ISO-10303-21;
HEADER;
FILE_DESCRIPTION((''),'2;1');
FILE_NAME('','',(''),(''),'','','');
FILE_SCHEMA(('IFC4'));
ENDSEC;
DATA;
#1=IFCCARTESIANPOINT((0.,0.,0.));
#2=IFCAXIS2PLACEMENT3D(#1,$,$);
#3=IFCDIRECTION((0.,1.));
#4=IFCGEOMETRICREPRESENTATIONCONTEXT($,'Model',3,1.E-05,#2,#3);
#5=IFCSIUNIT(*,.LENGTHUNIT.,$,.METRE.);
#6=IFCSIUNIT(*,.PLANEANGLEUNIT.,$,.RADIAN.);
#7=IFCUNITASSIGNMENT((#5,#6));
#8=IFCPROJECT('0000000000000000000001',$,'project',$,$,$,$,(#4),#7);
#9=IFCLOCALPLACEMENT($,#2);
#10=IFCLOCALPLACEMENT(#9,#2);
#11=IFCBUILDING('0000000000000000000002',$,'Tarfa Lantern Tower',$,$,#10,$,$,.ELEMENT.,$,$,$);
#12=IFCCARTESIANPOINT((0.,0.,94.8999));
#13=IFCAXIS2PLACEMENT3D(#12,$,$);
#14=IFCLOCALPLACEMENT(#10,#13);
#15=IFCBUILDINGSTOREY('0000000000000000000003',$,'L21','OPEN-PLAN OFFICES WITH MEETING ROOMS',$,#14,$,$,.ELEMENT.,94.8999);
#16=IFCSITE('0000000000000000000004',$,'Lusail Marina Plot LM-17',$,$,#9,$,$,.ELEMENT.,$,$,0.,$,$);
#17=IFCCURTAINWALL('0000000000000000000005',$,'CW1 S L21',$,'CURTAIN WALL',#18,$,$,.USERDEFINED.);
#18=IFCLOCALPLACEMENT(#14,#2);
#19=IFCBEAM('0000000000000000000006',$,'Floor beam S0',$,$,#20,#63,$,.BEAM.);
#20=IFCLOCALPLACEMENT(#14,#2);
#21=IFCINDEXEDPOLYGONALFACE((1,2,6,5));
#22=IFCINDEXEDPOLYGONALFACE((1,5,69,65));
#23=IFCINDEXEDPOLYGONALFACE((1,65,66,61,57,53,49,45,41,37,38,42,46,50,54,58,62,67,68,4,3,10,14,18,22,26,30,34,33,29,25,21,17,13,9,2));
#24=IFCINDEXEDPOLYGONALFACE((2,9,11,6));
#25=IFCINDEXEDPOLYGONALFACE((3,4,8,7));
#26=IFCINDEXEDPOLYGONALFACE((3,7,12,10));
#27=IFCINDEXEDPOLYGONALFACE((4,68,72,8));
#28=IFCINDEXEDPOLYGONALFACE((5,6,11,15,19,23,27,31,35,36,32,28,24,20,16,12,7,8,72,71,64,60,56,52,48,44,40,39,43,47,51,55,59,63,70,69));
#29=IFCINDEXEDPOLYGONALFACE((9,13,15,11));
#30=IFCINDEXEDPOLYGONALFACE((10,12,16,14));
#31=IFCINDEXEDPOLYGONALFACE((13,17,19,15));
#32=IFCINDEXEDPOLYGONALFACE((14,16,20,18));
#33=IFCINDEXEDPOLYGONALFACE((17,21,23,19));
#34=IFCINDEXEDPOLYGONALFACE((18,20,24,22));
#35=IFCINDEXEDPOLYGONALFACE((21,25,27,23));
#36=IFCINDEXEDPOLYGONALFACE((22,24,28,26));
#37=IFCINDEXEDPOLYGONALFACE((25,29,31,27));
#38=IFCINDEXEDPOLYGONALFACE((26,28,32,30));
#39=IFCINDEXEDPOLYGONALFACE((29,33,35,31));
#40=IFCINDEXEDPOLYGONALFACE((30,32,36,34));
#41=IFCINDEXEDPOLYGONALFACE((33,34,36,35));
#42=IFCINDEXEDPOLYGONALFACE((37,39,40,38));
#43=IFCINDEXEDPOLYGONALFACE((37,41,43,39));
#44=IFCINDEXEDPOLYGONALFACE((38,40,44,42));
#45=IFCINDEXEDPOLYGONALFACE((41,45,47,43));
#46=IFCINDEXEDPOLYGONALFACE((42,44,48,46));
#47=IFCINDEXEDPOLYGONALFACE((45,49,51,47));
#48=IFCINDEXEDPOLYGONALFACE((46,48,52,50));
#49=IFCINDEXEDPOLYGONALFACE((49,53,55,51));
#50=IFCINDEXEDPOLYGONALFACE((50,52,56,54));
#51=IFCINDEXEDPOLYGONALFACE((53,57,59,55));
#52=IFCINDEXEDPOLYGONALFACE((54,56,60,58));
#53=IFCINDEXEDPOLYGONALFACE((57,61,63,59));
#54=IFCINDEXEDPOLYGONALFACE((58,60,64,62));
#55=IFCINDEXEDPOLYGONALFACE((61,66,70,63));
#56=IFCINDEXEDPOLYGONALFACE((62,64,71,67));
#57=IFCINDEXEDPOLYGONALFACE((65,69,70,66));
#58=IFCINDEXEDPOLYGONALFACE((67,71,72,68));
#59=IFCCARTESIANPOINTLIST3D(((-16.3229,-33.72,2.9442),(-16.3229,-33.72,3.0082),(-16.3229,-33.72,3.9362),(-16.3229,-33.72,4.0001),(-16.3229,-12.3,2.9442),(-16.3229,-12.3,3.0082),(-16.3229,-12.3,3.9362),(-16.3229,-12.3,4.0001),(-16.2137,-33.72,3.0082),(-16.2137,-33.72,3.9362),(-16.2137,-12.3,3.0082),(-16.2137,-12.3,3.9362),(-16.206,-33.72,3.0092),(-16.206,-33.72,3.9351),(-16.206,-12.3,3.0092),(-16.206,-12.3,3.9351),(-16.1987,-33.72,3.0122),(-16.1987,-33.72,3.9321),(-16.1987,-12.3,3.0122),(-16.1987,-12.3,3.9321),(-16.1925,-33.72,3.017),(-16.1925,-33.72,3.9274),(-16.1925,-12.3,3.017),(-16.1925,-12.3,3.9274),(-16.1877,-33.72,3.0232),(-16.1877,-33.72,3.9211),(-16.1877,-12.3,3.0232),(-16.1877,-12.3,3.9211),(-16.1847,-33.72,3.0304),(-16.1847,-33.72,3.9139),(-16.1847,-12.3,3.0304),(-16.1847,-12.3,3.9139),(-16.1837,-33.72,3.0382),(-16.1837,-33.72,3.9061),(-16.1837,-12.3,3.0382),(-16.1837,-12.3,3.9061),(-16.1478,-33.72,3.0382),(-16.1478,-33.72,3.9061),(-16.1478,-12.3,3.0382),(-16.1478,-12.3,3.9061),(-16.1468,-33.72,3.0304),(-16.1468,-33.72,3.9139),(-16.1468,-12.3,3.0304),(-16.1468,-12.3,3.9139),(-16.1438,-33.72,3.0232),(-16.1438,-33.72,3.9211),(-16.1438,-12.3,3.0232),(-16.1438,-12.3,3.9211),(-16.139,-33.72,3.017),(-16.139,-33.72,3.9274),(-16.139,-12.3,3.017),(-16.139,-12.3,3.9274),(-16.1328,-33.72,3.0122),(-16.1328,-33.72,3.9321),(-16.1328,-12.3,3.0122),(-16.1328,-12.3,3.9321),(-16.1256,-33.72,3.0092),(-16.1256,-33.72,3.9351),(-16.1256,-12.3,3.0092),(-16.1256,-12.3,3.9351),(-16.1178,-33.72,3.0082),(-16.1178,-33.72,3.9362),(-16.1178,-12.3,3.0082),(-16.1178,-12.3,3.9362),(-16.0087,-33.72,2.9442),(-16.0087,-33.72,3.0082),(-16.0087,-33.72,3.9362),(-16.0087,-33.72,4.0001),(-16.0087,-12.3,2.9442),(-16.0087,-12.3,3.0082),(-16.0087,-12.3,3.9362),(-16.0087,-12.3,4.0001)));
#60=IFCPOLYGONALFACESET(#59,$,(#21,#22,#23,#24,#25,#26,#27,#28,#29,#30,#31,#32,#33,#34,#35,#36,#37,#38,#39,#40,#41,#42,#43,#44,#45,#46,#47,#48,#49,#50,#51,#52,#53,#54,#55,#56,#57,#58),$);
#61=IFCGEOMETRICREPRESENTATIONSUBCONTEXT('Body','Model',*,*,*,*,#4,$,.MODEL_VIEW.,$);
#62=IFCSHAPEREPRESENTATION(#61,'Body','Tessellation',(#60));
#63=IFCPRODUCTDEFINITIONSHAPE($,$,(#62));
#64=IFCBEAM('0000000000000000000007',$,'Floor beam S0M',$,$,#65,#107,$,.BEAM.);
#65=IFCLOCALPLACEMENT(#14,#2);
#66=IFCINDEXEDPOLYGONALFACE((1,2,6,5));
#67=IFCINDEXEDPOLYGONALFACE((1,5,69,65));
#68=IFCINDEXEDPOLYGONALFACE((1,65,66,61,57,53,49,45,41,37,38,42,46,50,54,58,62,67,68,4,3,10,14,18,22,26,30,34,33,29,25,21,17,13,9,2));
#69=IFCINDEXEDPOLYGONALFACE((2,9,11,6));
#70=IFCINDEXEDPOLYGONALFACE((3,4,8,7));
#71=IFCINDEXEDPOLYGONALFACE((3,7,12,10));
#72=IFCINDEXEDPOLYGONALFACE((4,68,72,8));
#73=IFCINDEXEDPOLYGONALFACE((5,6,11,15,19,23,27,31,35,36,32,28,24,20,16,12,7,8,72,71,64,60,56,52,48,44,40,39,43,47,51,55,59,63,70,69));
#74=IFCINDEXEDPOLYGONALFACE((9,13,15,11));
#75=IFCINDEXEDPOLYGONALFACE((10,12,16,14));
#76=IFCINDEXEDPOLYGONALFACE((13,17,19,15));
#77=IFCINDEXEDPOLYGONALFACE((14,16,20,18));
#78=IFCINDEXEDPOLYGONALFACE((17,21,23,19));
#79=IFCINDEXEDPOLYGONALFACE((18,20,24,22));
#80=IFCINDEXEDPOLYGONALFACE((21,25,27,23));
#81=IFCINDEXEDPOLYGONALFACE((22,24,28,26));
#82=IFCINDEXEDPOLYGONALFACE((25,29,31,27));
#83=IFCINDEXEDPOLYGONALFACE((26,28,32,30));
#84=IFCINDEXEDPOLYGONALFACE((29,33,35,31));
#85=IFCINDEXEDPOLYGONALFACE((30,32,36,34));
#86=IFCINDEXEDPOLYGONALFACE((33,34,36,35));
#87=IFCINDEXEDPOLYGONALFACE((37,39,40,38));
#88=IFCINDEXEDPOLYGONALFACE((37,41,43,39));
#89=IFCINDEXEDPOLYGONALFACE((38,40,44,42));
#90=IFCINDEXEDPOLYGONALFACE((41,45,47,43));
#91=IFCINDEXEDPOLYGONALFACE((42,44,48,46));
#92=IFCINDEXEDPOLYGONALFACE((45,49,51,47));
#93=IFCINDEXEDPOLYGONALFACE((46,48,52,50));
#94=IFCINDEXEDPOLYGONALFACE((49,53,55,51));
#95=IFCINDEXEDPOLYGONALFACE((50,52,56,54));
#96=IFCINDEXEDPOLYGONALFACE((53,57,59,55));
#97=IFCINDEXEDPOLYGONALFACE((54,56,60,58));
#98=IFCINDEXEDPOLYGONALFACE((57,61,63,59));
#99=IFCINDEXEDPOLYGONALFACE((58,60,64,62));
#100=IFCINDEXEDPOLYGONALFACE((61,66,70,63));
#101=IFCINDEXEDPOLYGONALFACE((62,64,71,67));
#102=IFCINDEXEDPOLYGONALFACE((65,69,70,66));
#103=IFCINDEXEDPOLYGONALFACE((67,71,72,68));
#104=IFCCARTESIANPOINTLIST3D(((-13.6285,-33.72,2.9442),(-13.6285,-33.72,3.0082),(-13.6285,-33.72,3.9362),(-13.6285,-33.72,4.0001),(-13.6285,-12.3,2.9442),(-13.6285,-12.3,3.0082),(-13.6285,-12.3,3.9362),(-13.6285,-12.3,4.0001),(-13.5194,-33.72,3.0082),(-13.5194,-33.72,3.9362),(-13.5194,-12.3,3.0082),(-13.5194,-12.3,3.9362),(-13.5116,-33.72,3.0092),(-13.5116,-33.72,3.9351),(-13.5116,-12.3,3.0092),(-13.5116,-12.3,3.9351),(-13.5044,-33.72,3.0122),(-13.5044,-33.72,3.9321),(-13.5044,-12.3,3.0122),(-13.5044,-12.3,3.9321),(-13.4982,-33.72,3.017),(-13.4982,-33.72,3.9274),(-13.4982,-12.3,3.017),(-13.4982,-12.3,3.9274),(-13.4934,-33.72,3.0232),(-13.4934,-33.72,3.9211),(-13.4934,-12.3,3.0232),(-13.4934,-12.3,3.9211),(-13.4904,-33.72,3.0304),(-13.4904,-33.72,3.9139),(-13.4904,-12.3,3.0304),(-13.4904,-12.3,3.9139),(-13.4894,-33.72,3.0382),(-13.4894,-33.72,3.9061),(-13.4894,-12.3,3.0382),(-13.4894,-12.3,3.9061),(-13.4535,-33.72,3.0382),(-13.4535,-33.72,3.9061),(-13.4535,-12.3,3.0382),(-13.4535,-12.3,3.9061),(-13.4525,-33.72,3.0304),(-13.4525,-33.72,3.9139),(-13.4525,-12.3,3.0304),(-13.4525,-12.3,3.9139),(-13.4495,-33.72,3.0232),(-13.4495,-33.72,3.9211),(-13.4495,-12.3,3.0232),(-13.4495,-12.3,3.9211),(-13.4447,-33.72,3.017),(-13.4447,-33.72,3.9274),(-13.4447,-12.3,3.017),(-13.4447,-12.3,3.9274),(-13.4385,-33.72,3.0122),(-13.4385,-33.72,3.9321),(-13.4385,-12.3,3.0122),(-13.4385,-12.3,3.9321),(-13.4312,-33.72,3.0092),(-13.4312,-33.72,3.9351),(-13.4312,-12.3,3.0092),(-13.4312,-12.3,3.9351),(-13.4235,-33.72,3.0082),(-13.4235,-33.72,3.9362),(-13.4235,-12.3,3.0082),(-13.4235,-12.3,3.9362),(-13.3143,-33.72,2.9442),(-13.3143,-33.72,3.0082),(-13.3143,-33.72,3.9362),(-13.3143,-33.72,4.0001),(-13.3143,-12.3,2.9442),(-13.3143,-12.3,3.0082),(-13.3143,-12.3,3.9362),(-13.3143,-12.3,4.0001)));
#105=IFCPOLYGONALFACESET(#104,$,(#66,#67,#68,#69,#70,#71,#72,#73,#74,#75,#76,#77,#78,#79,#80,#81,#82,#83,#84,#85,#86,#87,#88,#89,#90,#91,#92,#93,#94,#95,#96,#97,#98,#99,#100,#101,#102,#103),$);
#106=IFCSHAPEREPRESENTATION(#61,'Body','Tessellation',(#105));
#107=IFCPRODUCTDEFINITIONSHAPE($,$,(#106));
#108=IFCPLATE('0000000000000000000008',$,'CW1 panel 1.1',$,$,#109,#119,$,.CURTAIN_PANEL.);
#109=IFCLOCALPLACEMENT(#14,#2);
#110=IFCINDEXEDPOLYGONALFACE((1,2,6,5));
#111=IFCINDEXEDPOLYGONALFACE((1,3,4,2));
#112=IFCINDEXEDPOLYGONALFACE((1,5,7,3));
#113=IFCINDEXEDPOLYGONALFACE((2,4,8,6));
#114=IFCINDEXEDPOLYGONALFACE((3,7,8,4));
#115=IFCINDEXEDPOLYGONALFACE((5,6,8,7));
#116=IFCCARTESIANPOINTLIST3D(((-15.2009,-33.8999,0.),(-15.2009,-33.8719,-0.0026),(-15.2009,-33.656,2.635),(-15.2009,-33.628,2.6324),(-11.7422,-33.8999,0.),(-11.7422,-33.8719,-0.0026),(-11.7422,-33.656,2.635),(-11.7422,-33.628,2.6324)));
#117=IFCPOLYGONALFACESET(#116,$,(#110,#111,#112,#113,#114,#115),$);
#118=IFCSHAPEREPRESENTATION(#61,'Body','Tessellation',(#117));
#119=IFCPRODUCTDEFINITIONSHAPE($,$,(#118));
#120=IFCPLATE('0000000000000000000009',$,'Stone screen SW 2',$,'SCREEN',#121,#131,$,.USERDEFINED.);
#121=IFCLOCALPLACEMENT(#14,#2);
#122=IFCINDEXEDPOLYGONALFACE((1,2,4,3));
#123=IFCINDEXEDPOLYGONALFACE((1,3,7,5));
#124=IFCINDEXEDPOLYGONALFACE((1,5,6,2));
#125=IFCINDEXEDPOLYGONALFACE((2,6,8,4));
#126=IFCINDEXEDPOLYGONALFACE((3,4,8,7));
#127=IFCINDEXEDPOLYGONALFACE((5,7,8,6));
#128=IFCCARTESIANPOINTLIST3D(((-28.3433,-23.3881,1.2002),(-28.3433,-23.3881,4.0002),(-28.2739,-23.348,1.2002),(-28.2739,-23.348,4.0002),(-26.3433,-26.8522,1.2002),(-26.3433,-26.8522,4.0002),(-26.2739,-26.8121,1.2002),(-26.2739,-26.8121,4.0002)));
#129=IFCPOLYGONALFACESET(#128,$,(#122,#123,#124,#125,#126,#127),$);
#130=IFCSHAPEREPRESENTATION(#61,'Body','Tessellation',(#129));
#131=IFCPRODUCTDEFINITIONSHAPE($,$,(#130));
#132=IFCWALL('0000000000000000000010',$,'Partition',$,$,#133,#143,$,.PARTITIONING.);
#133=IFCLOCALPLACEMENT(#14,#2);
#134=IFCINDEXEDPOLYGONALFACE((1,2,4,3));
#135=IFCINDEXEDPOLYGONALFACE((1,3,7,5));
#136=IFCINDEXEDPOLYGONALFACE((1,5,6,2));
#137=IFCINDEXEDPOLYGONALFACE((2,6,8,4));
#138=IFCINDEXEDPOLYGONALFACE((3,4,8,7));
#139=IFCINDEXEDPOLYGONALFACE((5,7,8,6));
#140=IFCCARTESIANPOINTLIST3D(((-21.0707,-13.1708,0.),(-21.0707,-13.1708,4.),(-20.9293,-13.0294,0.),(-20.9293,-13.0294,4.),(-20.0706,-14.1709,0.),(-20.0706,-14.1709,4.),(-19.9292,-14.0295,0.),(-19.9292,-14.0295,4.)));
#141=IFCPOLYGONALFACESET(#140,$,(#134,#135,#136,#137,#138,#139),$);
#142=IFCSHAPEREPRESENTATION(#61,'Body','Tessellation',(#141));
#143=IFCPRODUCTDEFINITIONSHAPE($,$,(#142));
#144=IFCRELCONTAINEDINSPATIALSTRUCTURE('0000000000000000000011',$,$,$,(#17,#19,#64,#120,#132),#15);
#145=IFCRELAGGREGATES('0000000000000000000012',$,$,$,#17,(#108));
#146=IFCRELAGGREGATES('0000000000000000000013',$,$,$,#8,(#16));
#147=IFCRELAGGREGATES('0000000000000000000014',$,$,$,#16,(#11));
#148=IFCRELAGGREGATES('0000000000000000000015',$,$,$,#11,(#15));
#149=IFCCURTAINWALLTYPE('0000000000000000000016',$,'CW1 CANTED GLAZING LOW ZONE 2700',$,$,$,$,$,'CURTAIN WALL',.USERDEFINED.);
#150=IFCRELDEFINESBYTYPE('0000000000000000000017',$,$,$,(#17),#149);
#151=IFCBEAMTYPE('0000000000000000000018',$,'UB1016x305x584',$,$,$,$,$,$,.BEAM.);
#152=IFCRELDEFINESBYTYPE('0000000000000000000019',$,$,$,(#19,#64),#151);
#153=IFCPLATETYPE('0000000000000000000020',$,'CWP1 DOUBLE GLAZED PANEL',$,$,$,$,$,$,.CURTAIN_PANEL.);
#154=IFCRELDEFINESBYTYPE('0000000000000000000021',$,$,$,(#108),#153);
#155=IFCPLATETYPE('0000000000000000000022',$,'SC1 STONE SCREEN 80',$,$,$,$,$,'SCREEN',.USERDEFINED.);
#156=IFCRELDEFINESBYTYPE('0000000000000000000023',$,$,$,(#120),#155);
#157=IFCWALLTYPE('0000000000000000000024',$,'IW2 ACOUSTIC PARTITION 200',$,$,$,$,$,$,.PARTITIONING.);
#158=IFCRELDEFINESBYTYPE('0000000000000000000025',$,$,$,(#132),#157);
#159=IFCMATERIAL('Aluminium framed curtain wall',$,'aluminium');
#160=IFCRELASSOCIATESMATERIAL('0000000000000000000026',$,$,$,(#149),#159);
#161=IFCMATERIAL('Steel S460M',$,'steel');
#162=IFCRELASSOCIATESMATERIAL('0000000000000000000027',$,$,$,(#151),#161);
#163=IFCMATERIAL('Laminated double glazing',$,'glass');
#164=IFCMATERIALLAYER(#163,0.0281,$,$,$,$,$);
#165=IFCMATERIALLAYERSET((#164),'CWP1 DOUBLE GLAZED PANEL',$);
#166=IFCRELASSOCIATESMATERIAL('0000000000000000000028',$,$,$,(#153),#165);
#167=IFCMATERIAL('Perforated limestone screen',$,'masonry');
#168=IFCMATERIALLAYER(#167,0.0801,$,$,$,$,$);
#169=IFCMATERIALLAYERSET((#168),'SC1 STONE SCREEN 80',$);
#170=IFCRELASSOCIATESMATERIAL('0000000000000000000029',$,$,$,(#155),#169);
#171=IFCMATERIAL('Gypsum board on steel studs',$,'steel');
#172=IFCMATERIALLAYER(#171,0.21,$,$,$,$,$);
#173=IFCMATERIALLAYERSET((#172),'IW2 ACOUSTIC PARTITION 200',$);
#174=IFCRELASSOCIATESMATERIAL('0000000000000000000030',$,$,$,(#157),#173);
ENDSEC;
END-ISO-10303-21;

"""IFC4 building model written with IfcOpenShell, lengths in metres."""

from ifc_helpers import new_model, si_unit, direction, frame, frame_2d, origin, origin_2d, place, context, subcontext, project, spatial, polyline, rectangle, i_section, outline, extrude, material, layer, layer_set, material_profile, profile_set, type_object, element, aggregate, save


model = new_model("IFC4")

# Units and contexts
model_context = context("Model", 3, precision=1e-05, world=origin(), true_north=direction((0.0, 1.0)))
body_context = subcontext(model_context, "Body", "Model", "MODEL_VIEW")
ifc_project = project(units=[si_unit("LENGTHUNIT", "METRE"), si_unit("PLANEANGLEUNIT", "RADIAN")], contexts=[model_context])

# Site, building, storey
site_placement = place(None, origin())
site = spatial("IfcSite", under=ifc_project, at=site_placement, Name="Lusail Marina Plot LM-17", CompositionType="ELEMENT", RefElevation=0.0)
building_placement = place(site_placement, origin())
building = spatial("IfcBuilding", under=site, at=building_placement, Name="Tarfa Lantern Tower", CompositionType="ELEMENT")
storey_placement = place(building_placement, frame((0.0, 0.0, 94.8999)))
storey = spatial("IfcBuildingStorey", under=building, at=storey_placement, Name="L21", Description="OPEN-PLAN OFFICES WITH MEETING ROOMS", CompositionType="ELEMENT", Elevation=94.8999)

# Curtain wall
ifc_material_1 = material(Name="Aluminium framed curtain wall", Category="aluminium")
curtain_wall_type = type_object("IfcCurtainWallType", Name="CW1 CANTED GLAZING LOW ZONE 2700", ElementType="CURTAIN WALL", PredefinedType="USERDEFINED", material=ifc_material_1)
curtain_wall_placement = place(storey_placement, origin())
curtain_wall = element("IfcCurtainWall", 1, at=curtain_wall_placement, inside=storey, type_object=curtain_wall_type, Name="CW1 S L21", ObjectType="CURTAIN WALL", PredefinedType="USERDEFINED")

# Beams
ifc_material_2 = material(Name="Steel S460M", Category="steel")
ifc_material_profile_1 = material_profile(ifc_material_2, i_section(OverallWidth=0.3142, OverallDepth=1.0559, WebThickness=0.0359, FlangeThickness=0.064, FilletRadius=0.03, at=origin_2d()), Name="UB1016x305x584")
ifc_profile_set_1 = profile_set([ifc_material_profile_1], Name="Steel S460M")
beam_type_1 = type_object("IfcBeamType", Name="UB1016x305x584", PredefinedType="BEAM", material=ifc_profile_set_1)
for number, where, z_axis, x_axis, name in (
    (2, (-16.1658, -33.72, 3.4722), (0.0, 1.0, 0.0), (-1.0, 0.0, 0.0), "Floor beam S0"),
    (3, (-13.4714, -33.72, 3.4722), (0.0, 1.0, 0.0), (-1.0, 0.0, 0.0), "Floor beam S0M"),
):
    element("IfcBeam", number, at=place(storey_placement, frame(where, z_axis=z_axis, x_axis=x_axis)), inside=storey, type_object=beam_type_1, Name=name, PredefinedType="BEAM", context=body_context, shape_type="SweptSolid", body=[
        extrude(i_section(OverallWidth=0.3142, OverallDepth=1.0559, WebThickness=0.0359, FlangeThickness=0.064, FilletRadius=0.03, at=origin_2d()), origin(), (0.0, 0.0, 1.0), 21.4199),
    ])

# Plates
ifc_material_3 = material(Name="Laminated double glazing", Category="glass")
ifc_layer_1 = layer(ifc_material_3, 0.0281)
ifc_layer_set_1 = layer_set([ifc_layer_1], Name="CWP1 DOUBLE GLAZED PANEL")
plate_type_1 = type_object("IfcPlateType", Name="CWP1 DOUBLE GLAZED PANEL", PredefinedType="CURTAIN_PANEL", material=ifc_layer_set_1)
plate_1_placement = place(storey_placement, frame((-15.2009, -33.8999, 0.0), z_axis=(0.0, -0.995744, 0.092166), x_axis=(1.0, 0.0, 0.0)))
plate_1 = element("IfcPlate", 4, at=plate_1_placement, type_object=plate_type_1, Name="CW1 panel 1.1", PredefinedType="CURTAIN_PANEL", context=body_context, shape_type="SweptSolid", body=[
    extrude(outline(polyline([(0.0, 0.0), (3.4587, 0.0), (3.4587, 2.6463), (0.0, 2.6463), (0.0, 0.0)])), origin(), (0.0, 0.0, -1.0), 0.0281),
])
aggregate(curtain_wall, [plate_1])
ifc_material_4 = material(Name="Perforated limestone screen", Category="masonry")
ifc_layer_2 = layer(ifc_material_4, 0.0801)
ifc_layer_set_2 = layer_set([ifc_layer_2], Name="SC1 STONE SCREEN 80")
plate_type_2 = type_object("IfcPlateType", Name="SC1 STONE SCREEN 80", ElementType="SCREEN", PredefinedType="USERDEFINED", material=ifc_layer_set_2)
plate_2_placement = place(storey_placement, frame((-27.3086, -25.1001, 1.2002), z_axis=(0.0, 0.0, 1.0), x_axis=(0.5, -0.866025, 0.0)))
element("IfcPlate", 5, at=plate_2_placement, inside=storey, type_object=plate_type_2, Name="Stone screen SW 2", ObjectType="SCREEN", PredefinedType="USERDEFINED", context=body_context, shape_type="SweptSolid", body=[
    extrude(rectangle(XDim=4.0, YDim=0.0801, at=origin_2d()), origin(), (0.0, 0.0, 1.0), 2.8),
])

# Wall
ifc_material_5 = material(Name="Gypsum board on steel studs", Category="steel")
ifc_layer_3 = layer(ifc_material_5, 0.21)
ifc_layer_set_3 = layer_set([ifc_layer_3], Name="IW2 ACOUSTIC PARTITION 200")
wall_type = type_object("IfcWallType", Name="IW2 ACOUSTIC PARTITION 200", PredefinedType="PARTITIONING", material=ifc_layer_set_3)
wall_placement = place(storey_placement, frame((-20.0, -14.1001, 0.0), z_axis=(0.0, 0.0, 1.0), x_axis=(-0.707107, 0.707107, 0.0)))
element("IfcWall", 6, at=wall_placement, inside=storey, type_object=wall_type, Name="Partition", PredefinedType="PARTITIONING", context=body_context, shape_type="SweptSolid", body=[
    extrude(rectangle(XDim=1.4143, YDim=0.2, at=frame_2d((0.707, 0.0))), origin(), (0.0, 0.0, 1.0), 4.0),
])

save(model, "model.ifc")
